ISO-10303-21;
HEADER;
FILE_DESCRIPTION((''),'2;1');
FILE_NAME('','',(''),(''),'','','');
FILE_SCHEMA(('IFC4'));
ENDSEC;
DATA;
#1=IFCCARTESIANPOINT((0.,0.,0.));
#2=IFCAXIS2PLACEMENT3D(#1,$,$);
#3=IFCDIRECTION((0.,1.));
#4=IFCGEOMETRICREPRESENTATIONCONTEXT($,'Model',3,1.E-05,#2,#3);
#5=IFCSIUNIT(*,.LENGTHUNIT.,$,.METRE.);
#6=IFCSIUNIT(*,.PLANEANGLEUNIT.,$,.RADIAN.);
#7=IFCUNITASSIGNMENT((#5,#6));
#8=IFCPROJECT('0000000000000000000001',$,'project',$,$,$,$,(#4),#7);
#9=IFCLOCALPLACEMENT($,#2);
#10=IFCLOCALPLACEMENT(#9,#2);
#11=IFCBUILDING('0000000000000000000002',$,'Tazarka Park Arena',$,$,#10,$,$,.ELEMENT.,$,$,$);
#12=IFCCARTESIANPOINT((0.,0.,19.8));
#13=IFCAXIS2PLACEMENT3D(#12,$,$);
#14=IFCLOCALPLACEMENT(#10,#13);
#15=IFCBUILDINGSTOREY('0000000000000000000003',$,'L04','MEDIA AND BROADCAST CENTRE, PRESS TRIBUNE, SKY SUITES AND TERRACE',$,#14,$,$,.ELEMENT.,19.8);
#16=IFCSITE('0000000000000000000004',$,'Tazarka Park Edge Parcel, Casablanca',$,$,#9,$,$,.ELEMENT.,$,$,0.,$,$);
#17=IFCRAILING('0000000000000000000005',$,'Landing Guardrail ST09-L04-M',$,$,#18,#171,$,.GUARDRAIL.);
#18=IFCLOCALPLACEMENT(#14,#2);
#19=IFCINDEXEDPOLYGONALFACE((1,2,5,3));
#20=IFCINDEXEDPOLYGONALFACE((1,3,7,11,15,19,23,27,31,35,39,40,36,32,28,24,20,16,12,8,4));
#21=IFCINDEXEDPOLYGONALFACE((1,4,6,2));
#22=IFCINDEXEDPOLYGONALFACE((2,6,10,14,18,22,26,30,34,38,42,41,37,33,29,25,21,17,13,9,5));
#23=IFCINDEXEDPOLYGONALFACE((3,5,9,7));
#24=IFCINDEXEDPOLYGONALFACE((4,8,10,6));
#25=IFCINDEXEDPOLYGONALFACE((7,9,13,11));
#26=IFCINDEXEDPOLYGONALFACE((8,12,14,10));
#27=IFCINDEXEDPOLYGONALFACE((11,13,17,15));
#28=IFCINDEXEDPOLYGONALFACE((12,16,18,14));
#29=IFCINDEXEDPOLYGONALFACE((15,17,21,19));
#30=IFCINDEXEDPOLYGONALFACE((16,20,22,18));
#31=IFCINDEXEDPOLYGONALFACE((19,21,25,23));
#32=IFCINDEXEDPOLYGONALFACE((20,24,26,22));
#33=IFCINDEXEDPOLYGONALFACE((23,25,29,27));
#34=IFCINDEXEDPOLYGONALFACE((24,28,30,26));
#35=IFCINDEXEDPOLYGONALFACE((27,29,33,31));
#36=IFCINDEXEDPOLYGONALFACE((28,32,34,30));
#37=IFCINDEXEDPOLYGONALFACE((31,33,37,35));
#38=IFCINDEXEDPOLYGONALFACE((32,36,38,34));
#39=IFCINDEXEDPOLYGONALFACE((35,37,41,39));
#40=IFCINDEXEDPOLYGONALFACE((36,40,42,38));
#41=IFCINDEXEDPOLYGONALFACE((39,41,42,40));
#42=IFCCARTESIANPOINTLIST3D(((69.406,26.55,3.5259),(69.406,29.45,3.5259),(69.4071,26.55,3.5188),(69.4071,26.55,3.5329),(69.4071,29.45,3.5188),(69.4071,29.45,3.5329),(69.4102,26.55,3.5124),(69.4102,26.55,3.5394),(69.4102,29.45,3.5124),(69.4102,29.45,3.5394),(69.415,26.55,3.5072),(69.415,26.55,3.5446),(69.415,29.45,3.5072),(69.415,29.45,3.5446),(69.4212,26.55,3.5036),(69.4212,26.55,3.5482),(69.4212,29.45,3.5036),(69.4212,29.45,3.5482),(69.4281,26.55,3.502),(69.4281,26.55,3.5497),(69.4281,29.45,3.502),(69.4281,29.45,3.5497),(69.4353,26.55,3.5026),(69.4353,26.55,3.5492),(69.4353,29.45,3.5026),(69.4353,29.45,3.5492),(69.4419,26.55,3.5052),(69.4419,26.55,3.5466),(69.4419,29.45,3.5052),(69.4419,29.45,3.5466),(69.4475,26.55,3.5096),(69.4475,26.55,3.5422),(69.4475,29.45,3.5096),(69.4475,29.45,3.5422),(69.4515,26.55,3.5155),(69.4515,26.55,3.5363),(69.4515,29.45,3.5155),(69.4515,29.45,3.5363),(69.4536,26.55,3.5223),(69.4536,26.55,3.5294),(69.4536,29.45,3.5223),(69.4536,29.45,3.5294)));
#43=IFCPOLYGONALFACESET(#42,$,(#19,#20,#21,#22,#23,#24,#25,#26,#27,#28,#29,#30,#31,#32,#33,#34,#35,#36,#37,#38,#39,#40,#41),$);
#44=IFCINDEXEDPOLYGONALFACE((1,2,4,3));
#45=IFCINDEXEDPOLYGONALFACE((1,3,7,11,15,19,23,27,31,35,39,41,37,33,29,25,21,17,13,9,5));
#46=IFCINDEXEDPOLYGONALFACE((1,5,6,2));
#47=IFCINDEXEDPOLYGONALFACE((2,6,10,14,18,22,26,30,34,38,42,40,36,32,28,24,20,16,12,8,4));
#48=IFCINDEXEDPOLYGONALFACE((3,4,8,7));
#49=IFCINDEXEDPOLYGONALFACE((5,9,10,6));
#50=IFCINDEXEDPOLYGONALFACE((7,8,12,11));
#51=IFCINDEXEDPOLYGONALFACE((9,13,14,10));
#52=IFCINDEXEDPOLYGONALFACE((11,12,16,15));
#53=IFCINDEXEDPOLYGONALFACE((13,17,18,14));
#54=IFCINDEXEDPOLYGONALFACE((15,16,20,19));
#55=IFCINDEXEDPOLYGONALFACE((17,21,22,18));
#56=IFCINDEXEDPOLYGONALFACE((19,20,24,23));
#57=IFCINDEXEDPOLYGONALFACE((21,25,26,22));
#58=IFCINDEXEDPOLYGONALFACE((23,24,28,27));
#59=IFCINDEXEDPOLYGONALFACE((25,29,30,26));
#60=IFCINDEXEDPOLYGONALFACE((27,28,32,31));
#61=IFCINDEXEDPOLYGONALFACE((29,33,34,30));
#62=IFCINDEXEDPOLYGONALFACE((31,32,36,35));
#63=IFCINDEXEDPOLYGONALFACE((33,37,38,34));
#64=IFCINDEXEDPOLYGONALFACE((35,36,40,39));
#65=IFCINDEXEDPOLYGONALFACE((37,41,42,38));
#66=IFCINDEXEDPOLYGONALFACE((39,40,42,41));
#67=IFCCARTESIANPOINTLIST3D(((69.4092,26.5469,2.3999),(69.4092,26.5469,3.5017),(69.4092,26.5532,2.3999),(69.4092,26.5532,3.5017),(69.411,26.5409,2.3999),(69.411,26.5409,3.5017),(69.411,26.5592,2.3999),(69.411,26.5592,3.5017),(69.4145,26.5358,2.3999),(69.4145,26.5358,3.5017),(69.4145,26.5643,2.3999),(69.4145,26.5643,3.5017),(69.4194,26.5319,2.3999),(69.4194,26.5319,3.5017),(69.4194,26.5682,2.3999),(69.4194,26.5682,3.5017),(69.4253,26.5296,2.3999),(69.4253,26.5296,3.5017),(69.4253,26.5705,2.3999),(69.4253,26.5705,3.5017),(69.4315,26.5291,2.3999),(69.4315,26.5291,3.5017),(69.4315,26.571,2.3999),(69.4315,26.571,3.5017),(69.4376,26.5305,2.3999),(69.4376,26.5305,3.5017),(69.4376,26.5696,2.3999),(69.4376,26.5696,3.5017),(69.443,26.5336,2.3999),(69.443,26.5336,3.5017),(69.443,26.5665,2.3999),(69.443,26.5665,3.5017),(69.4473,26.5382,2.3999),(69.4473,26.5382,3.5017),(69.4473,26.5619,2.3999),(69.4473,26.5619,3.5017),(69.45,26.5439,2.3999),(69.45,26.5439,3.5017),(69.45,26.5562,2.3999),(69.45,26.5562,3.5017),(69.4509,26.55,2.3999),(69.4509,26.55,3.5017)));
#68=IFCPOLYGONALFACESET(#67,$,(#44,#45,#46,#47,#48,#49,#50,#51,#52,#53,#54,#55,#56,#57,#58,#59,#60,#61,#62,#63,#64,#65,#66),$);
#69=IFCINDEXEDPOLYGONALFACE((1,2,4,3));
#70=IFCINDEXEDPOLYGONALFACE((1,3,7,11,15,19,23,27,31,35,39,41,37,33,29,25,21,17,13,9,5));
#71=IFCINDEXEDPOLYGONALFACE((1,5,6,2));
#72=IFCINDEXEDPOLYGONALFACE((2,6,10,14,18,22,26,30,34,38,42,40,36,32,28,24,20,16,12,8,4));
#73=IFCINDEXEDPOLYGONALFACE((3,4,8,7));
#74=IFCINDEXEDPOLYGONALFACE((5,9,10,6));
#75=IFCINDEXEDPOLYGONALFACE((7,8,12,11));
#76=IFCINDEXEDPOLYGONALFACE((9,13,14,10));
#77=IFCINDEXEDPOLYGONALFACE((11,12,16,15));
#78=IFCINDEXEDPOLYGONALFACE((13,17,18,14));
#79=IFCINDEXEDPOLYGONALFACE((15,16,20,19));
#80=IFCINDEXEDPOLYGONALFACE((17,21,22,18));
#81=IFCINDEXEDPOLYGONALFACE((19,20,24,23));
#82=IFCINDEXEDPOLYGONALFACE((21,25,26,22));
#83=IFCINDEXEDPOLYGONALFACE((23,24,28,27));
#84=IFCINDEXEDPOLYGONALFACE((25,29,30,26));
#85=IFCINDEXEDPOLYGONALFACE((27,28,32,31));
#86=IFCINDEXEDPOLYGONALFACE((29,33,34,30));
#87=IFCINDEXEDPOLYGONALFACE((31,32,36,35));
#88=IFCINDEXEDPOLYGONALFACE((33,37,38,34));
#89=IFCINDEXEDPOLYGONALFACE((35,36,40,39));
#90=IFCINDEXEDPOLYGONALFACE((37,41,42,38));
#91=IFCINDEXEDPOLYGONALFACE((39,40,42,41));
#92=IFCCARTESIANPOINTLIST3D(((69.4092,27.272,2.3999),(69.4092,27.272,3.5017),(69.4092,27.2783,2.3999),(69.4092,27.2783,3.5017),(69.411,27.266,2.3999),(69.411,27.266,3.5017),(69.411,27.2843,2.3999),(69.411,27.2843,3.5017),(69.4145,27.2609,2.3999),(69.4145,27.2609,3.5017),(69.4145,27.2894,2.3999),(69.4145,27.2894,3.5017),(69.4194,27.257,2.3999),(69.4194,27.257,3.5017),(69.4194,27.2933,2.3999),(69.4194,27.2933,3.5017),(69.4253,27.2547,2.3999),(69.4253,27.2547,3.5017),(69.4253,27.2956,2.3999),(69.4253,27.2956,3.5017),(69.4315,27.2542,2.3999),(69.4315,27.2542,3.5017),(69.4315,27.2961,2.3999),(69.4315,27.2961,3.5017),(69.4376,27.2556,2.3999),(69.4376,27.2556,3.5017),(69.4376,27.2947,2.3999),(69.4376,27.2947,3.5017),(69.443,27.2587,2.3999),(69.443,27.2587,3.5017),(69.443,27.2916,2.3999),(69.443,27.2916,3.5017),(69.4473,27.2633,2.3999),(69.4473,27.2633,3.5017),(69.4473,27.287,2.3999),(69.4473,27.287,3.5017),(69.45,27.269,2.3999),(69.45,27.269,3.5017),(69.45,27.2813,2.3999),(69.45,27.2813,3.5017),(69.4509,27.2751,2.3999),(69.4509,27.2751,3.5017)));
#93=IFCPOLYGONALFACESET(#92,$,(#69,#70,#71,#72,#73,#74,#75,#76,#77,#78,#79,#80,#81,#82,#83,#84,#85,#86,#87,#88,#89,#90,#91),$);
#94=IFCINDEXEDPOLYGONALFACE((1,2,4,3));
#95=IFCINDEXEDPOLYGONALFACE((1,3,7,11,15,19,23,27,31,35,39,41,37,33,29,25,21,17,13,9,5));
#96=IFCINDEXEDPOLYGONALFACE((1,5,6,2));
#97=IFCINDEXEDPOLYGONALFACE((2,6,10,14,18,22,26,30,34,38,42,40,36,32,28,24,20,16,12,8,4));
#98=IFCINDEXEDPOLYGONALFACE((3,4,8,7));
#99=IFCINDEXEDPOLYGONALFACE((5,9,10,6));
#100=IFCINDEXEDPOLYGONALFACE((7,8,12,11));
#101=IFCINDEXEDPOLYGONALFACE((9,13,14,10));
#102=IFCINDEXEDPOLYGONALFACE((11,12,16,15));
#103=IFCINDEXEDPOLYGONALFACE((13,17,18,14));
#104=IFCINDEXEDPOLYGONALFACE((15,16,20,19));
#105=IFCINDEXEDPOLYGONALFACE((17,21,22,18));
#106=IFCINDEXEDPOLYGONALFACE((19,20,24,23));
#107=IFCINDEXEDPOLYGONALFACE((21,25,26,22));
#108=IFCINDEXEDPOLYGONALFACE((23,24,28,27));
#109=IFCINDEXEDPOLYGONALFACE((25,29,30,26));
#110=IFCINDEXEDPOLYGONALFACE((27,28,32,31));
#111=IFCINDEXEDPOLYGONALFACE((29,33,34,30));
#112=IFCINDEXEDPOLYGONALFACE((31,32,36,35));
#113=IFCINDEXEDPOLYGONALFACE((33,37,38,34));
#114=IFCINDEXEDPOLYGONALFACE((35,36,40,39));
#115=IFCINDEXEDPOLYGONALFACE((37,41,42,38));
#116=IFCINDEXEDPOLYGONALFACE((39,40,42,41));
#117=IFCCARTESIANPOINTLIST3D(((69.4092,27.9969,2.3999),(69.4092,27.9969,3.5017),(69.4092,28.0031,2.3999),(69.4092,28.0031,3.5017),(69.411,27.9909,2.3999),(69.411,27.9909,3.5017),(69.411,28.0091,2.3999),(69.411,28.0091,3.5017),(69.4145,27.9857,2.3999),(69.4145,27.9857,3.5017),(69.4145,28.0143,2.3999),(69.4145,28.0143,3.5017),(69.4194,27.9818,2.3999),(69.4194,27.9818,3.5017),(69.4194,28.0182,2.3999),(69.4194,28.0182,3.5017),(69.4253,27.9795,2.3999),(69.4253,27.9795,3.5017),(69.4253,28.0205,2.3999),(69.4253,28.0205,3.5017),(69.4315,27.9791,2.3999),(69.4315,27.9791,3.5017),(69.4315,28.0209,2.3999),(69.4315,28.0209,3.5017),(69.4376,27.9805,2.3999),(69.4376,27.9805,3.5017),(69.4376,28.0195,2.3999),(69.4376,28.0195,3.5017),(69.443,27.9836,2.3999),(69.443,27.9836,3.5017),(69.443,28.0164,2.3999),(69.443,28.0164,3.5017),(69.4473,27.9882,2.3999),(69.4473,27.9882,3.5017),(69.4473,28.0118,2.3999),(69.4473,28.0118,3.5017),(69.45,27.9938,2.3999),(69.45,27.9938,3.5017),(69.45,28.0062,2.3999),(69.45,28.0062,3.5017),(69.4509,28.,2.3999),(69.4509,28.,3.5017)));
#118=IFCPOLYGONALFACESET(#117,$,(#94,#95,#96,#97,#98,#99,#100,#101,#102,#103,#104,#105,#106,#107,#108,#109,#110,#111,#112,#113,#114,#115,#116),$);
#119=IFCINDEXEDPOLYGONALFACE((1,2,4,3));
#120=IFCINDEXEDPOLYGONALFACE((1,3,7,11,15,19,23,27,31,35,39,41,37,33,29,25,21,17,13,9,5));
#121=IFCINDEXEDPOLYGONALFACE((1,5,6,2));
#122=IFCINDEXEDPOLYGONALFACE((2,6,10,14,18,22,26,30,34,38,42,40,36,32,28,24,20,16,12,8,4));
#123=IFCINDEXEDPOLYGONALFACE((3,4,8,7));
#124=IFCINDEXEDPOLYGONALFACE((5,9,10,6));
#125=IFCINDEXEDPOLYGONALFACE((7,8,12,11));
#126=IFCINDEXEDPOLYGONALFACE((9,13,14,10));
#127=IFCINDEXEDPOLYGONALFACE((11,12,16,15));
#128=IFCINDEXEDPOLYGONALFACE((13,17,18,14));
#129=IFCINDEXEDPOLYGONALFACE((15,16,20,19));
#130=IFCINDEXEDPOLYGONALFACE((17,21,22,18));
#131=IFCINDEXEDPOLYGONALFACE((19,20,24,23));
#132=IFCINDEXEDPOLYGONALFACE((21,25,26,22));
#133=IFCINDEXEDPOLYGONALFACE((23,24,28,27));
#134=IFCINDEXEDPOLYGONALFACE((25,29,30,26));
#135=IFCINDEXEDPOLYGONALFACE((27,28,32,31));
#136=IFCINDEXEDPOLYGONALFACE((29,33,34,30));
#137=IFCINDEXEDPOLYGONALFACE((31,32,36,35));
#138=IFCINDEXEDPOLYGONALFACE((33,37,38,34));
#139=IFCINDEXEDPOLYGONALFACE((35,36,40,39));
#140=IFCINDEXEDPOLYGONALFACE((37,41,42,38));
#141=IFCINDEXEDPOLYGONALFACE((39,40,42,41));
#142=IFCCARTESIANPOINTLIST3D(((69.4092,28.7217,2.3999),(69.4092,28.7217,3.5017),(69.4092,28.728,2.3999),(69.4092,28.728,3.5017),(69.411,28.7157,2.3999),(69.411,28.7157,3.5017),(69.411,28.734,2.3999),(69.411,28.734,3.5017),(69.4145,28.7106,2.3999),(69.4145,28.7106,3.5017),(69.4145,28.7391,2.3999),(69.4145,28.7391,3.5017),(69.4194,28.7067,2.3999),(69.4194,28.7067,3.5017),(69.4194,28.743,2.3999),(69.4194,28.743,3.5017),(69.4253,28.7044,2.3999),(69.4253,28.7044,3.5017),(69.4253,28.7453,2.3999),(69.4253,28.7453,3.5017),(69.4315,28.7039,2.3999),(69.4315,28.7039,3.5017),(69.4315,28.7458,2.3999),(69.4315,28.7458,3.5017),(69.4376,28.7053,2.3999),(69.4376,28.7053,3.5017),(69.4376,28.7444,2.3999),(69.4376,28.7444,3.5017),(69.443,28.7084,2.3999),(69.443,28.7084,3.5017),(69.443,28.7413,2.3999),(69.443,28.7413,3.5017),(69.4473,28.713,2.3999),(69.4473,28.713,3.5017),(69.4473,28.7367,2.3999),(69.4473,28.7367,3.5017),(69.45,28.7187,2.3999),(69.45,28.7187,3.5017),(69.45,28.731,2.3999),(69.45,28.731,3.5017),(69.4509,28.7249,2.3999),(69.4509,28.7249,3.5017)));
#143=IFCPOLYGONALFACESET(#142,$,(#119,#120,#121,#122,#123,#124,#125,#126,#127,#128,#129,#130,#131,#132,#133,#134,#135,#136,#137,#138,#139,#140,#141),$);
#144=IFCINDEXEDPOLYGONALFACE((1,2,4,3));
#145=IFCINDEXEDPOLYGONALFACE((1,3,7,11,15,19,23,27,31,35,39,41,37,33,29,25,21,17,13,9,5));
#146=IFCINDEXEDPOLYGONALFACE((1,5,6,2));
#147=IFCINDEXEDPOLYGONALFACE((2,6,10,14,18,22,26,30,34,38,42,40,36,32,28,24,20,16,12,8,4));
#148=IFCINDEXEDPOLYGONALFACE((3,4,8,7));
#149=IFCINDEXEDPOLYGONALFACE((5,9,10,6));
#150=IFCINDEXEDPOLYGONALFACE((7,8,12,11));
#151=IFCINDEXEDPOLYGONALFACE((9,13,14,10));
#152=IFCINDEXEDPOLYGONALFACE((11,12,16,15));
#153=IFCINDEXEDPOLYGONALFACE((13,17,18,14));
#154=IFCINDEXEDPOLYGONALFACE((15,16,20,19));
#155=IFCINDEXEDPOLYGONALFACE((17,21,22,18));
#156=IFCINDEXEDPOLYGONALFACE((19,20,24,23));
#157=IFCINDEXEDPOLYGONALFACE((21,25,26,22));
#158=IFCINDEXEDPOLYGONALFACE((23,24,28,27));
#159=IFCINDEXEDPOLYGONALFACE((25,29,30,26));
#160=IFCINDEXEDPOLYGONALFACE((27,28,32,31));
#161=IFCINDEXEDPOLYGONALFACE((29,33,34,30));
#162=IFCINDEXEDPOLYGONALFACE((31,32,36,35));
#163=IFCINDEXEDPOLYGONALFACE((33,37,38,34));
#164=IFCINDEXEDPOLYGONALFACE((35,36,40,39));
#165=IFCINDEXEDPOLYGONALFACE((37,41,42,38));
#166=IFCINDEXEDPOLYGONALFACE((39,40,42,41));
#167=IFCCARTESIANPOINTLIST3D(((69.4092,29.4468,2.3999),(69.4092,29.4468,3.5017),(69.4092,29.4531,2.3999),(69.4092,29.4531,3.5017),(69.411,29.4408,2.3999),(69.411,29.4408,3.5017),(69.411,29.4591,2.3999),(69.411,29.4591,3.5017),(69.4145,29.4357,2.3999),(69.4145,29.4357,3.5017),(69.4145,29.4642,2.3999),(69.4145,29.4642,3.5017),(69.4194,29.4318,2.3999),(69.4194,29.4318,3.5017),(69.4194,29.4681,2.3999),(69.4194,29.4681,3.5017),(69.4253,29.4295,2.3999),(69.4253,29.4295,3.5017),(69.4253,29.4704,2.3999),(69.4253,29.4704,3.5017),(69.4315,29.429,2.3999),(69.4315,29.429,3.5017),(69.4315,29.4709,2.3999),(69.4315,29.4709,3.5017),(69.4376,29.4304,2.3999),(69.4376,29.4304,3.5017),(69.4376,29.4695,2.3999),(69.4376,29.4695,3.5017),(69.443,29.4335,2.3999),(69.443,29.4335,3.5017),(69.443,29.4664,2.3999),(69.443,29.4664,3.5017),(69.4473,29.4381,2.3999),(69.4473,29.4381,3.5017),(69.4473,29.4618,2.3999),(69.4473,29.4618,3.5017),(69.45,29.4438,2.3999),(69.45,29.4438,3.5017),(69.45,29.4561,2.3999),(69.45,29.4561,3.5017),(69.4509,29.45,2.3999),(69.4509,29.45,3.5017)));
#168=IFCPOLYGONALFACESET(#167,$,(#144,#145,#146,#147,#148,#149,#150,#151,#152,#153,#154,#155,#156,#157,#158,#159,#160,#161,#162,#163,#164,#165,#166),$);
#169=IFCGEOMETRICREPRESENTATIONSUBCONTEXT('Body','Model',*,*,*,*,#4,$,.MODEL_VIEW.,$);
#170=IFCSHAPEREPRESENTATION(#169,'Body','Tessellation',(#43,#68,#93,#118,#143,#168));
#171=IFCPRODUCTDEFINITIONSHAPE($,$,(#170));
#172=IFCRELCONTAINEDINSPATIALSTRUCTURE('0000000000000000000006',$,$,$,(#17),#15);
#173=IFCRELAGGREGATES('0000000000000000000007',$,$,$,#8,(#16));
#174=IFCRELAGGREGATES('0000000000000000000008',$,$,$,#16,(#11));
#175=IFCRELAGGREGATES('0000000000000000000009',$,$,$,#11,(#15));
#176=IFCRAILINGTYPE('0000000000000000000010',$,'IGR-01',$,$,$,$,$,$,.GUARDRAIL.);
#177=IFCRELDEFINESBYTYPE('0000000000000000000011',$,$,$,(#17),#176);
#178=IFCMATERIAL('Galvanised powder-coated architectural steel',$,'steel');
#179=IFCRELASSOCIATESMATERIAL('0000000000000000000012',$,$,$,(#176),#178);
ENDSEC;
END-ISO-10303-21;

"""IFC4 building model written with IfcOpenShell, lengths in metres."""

from ifc_helpers import new_model, si_unit, direction, frame, origin, origin_2d, place, context, subcontext, project, spatial, circle, extrude, material, type_object, element, save


model = new_model("IFC4")

# Units and contexts
model_context = context("Model", 3, precision=1e-05, world=origin(), true_north=direction((0.0, 1.0)))
body_context = subcontext(model_context, "Body", "Model", "MODEL_VIEW")
ifc_project = project(units=[si_unit("LENGTHUNIT", "METRE"), si_unit("PLANEANGLEUNIT", "RADIAN")], contexts=[model_context])

# Site, building, storey
site_placement = place(None, origin())
site = spatial("IfcSite", under=ifc_project, at=site_placement, Name="Tazarka Park Edge Parcel, Casablanca", CompositionType="ELEMENT", RefElevation=0.0)
building_placement = place(site_placement, origin())
building = spatial("IfcBuilding", under=site, at=building_placement, Name="Tazarka Park Arena", CompositionType="ELEMENT")
storey_placement = place(building_placement, frame((0.0, 0.0, 19.8)))
storey = spatial("IfcBuildingStorey", under=building, at=storey_placement, Name="L04", Description="MEDIA AND BROADCAST CENTRE, PRESS TRIBUNE, SKY SUITES AND TERRACE", CompositionType="ELEMENT", Elevation=19.8)

# Railing
ifc_material_1 = material(Name="Galvanised powder-coated architectural steel", Category="steel")
railing_type_1 = type_object("IfcRailingType", Name="IGR-01", PredefinedType="GUARDRAIL", material=ifc_material_1)
for number, where, name in (
    (1, (69.4299, 26.55, 2.3999), "Landing Guardrail ST09-L04-M"),
):
    element("IfcRailing", number, at=place(storey_placement, frame(where)), inside=storey, type_object=railing_type_1, Name=name, PredefinedType="GUARDRAIL", context=body_context, shape_type="SweptSolid", body=[
        extrude(circle(Radius=0.0239, at=origin_2d()), frame((0.0, 0.0, 1.126), z_axis=(0.0, 1.0, 0.0), x_axis=(-1.0, 0.0, 0.0)), (0.0, 0.0, 1.0), 2.8999),
        extrude(circle(Radius=0.021, at=origin_2d()), origin(), (0.0, 0.0, 1.0), 1.1018),
        extrude(circle(Radius=0.021, at=origin_2d()), frame((0.0, 0.7251, 0.0)), (0.0, 0.0, 1.0), 1.1018),
        extrude(circle(Radius=0.021, at=origin_2d()), frame((0.0, 1.45, 0.0)), (0.0, 0.0, 1.0), 1.1018),
        extrude(circle(Radius=0.021, at=origin_2d()), frame((0.0, 2.1748, 0.0)), (0.0, 0.0, 1.0), 1.1018),
        extrude(circle(Radius=0.021, at=origin_2d()), frame((0.0, 2.8999, 0.0)), (0.0, 0.0, 1.0), 1.1018),
    ])

save(model, "model.ifc")
